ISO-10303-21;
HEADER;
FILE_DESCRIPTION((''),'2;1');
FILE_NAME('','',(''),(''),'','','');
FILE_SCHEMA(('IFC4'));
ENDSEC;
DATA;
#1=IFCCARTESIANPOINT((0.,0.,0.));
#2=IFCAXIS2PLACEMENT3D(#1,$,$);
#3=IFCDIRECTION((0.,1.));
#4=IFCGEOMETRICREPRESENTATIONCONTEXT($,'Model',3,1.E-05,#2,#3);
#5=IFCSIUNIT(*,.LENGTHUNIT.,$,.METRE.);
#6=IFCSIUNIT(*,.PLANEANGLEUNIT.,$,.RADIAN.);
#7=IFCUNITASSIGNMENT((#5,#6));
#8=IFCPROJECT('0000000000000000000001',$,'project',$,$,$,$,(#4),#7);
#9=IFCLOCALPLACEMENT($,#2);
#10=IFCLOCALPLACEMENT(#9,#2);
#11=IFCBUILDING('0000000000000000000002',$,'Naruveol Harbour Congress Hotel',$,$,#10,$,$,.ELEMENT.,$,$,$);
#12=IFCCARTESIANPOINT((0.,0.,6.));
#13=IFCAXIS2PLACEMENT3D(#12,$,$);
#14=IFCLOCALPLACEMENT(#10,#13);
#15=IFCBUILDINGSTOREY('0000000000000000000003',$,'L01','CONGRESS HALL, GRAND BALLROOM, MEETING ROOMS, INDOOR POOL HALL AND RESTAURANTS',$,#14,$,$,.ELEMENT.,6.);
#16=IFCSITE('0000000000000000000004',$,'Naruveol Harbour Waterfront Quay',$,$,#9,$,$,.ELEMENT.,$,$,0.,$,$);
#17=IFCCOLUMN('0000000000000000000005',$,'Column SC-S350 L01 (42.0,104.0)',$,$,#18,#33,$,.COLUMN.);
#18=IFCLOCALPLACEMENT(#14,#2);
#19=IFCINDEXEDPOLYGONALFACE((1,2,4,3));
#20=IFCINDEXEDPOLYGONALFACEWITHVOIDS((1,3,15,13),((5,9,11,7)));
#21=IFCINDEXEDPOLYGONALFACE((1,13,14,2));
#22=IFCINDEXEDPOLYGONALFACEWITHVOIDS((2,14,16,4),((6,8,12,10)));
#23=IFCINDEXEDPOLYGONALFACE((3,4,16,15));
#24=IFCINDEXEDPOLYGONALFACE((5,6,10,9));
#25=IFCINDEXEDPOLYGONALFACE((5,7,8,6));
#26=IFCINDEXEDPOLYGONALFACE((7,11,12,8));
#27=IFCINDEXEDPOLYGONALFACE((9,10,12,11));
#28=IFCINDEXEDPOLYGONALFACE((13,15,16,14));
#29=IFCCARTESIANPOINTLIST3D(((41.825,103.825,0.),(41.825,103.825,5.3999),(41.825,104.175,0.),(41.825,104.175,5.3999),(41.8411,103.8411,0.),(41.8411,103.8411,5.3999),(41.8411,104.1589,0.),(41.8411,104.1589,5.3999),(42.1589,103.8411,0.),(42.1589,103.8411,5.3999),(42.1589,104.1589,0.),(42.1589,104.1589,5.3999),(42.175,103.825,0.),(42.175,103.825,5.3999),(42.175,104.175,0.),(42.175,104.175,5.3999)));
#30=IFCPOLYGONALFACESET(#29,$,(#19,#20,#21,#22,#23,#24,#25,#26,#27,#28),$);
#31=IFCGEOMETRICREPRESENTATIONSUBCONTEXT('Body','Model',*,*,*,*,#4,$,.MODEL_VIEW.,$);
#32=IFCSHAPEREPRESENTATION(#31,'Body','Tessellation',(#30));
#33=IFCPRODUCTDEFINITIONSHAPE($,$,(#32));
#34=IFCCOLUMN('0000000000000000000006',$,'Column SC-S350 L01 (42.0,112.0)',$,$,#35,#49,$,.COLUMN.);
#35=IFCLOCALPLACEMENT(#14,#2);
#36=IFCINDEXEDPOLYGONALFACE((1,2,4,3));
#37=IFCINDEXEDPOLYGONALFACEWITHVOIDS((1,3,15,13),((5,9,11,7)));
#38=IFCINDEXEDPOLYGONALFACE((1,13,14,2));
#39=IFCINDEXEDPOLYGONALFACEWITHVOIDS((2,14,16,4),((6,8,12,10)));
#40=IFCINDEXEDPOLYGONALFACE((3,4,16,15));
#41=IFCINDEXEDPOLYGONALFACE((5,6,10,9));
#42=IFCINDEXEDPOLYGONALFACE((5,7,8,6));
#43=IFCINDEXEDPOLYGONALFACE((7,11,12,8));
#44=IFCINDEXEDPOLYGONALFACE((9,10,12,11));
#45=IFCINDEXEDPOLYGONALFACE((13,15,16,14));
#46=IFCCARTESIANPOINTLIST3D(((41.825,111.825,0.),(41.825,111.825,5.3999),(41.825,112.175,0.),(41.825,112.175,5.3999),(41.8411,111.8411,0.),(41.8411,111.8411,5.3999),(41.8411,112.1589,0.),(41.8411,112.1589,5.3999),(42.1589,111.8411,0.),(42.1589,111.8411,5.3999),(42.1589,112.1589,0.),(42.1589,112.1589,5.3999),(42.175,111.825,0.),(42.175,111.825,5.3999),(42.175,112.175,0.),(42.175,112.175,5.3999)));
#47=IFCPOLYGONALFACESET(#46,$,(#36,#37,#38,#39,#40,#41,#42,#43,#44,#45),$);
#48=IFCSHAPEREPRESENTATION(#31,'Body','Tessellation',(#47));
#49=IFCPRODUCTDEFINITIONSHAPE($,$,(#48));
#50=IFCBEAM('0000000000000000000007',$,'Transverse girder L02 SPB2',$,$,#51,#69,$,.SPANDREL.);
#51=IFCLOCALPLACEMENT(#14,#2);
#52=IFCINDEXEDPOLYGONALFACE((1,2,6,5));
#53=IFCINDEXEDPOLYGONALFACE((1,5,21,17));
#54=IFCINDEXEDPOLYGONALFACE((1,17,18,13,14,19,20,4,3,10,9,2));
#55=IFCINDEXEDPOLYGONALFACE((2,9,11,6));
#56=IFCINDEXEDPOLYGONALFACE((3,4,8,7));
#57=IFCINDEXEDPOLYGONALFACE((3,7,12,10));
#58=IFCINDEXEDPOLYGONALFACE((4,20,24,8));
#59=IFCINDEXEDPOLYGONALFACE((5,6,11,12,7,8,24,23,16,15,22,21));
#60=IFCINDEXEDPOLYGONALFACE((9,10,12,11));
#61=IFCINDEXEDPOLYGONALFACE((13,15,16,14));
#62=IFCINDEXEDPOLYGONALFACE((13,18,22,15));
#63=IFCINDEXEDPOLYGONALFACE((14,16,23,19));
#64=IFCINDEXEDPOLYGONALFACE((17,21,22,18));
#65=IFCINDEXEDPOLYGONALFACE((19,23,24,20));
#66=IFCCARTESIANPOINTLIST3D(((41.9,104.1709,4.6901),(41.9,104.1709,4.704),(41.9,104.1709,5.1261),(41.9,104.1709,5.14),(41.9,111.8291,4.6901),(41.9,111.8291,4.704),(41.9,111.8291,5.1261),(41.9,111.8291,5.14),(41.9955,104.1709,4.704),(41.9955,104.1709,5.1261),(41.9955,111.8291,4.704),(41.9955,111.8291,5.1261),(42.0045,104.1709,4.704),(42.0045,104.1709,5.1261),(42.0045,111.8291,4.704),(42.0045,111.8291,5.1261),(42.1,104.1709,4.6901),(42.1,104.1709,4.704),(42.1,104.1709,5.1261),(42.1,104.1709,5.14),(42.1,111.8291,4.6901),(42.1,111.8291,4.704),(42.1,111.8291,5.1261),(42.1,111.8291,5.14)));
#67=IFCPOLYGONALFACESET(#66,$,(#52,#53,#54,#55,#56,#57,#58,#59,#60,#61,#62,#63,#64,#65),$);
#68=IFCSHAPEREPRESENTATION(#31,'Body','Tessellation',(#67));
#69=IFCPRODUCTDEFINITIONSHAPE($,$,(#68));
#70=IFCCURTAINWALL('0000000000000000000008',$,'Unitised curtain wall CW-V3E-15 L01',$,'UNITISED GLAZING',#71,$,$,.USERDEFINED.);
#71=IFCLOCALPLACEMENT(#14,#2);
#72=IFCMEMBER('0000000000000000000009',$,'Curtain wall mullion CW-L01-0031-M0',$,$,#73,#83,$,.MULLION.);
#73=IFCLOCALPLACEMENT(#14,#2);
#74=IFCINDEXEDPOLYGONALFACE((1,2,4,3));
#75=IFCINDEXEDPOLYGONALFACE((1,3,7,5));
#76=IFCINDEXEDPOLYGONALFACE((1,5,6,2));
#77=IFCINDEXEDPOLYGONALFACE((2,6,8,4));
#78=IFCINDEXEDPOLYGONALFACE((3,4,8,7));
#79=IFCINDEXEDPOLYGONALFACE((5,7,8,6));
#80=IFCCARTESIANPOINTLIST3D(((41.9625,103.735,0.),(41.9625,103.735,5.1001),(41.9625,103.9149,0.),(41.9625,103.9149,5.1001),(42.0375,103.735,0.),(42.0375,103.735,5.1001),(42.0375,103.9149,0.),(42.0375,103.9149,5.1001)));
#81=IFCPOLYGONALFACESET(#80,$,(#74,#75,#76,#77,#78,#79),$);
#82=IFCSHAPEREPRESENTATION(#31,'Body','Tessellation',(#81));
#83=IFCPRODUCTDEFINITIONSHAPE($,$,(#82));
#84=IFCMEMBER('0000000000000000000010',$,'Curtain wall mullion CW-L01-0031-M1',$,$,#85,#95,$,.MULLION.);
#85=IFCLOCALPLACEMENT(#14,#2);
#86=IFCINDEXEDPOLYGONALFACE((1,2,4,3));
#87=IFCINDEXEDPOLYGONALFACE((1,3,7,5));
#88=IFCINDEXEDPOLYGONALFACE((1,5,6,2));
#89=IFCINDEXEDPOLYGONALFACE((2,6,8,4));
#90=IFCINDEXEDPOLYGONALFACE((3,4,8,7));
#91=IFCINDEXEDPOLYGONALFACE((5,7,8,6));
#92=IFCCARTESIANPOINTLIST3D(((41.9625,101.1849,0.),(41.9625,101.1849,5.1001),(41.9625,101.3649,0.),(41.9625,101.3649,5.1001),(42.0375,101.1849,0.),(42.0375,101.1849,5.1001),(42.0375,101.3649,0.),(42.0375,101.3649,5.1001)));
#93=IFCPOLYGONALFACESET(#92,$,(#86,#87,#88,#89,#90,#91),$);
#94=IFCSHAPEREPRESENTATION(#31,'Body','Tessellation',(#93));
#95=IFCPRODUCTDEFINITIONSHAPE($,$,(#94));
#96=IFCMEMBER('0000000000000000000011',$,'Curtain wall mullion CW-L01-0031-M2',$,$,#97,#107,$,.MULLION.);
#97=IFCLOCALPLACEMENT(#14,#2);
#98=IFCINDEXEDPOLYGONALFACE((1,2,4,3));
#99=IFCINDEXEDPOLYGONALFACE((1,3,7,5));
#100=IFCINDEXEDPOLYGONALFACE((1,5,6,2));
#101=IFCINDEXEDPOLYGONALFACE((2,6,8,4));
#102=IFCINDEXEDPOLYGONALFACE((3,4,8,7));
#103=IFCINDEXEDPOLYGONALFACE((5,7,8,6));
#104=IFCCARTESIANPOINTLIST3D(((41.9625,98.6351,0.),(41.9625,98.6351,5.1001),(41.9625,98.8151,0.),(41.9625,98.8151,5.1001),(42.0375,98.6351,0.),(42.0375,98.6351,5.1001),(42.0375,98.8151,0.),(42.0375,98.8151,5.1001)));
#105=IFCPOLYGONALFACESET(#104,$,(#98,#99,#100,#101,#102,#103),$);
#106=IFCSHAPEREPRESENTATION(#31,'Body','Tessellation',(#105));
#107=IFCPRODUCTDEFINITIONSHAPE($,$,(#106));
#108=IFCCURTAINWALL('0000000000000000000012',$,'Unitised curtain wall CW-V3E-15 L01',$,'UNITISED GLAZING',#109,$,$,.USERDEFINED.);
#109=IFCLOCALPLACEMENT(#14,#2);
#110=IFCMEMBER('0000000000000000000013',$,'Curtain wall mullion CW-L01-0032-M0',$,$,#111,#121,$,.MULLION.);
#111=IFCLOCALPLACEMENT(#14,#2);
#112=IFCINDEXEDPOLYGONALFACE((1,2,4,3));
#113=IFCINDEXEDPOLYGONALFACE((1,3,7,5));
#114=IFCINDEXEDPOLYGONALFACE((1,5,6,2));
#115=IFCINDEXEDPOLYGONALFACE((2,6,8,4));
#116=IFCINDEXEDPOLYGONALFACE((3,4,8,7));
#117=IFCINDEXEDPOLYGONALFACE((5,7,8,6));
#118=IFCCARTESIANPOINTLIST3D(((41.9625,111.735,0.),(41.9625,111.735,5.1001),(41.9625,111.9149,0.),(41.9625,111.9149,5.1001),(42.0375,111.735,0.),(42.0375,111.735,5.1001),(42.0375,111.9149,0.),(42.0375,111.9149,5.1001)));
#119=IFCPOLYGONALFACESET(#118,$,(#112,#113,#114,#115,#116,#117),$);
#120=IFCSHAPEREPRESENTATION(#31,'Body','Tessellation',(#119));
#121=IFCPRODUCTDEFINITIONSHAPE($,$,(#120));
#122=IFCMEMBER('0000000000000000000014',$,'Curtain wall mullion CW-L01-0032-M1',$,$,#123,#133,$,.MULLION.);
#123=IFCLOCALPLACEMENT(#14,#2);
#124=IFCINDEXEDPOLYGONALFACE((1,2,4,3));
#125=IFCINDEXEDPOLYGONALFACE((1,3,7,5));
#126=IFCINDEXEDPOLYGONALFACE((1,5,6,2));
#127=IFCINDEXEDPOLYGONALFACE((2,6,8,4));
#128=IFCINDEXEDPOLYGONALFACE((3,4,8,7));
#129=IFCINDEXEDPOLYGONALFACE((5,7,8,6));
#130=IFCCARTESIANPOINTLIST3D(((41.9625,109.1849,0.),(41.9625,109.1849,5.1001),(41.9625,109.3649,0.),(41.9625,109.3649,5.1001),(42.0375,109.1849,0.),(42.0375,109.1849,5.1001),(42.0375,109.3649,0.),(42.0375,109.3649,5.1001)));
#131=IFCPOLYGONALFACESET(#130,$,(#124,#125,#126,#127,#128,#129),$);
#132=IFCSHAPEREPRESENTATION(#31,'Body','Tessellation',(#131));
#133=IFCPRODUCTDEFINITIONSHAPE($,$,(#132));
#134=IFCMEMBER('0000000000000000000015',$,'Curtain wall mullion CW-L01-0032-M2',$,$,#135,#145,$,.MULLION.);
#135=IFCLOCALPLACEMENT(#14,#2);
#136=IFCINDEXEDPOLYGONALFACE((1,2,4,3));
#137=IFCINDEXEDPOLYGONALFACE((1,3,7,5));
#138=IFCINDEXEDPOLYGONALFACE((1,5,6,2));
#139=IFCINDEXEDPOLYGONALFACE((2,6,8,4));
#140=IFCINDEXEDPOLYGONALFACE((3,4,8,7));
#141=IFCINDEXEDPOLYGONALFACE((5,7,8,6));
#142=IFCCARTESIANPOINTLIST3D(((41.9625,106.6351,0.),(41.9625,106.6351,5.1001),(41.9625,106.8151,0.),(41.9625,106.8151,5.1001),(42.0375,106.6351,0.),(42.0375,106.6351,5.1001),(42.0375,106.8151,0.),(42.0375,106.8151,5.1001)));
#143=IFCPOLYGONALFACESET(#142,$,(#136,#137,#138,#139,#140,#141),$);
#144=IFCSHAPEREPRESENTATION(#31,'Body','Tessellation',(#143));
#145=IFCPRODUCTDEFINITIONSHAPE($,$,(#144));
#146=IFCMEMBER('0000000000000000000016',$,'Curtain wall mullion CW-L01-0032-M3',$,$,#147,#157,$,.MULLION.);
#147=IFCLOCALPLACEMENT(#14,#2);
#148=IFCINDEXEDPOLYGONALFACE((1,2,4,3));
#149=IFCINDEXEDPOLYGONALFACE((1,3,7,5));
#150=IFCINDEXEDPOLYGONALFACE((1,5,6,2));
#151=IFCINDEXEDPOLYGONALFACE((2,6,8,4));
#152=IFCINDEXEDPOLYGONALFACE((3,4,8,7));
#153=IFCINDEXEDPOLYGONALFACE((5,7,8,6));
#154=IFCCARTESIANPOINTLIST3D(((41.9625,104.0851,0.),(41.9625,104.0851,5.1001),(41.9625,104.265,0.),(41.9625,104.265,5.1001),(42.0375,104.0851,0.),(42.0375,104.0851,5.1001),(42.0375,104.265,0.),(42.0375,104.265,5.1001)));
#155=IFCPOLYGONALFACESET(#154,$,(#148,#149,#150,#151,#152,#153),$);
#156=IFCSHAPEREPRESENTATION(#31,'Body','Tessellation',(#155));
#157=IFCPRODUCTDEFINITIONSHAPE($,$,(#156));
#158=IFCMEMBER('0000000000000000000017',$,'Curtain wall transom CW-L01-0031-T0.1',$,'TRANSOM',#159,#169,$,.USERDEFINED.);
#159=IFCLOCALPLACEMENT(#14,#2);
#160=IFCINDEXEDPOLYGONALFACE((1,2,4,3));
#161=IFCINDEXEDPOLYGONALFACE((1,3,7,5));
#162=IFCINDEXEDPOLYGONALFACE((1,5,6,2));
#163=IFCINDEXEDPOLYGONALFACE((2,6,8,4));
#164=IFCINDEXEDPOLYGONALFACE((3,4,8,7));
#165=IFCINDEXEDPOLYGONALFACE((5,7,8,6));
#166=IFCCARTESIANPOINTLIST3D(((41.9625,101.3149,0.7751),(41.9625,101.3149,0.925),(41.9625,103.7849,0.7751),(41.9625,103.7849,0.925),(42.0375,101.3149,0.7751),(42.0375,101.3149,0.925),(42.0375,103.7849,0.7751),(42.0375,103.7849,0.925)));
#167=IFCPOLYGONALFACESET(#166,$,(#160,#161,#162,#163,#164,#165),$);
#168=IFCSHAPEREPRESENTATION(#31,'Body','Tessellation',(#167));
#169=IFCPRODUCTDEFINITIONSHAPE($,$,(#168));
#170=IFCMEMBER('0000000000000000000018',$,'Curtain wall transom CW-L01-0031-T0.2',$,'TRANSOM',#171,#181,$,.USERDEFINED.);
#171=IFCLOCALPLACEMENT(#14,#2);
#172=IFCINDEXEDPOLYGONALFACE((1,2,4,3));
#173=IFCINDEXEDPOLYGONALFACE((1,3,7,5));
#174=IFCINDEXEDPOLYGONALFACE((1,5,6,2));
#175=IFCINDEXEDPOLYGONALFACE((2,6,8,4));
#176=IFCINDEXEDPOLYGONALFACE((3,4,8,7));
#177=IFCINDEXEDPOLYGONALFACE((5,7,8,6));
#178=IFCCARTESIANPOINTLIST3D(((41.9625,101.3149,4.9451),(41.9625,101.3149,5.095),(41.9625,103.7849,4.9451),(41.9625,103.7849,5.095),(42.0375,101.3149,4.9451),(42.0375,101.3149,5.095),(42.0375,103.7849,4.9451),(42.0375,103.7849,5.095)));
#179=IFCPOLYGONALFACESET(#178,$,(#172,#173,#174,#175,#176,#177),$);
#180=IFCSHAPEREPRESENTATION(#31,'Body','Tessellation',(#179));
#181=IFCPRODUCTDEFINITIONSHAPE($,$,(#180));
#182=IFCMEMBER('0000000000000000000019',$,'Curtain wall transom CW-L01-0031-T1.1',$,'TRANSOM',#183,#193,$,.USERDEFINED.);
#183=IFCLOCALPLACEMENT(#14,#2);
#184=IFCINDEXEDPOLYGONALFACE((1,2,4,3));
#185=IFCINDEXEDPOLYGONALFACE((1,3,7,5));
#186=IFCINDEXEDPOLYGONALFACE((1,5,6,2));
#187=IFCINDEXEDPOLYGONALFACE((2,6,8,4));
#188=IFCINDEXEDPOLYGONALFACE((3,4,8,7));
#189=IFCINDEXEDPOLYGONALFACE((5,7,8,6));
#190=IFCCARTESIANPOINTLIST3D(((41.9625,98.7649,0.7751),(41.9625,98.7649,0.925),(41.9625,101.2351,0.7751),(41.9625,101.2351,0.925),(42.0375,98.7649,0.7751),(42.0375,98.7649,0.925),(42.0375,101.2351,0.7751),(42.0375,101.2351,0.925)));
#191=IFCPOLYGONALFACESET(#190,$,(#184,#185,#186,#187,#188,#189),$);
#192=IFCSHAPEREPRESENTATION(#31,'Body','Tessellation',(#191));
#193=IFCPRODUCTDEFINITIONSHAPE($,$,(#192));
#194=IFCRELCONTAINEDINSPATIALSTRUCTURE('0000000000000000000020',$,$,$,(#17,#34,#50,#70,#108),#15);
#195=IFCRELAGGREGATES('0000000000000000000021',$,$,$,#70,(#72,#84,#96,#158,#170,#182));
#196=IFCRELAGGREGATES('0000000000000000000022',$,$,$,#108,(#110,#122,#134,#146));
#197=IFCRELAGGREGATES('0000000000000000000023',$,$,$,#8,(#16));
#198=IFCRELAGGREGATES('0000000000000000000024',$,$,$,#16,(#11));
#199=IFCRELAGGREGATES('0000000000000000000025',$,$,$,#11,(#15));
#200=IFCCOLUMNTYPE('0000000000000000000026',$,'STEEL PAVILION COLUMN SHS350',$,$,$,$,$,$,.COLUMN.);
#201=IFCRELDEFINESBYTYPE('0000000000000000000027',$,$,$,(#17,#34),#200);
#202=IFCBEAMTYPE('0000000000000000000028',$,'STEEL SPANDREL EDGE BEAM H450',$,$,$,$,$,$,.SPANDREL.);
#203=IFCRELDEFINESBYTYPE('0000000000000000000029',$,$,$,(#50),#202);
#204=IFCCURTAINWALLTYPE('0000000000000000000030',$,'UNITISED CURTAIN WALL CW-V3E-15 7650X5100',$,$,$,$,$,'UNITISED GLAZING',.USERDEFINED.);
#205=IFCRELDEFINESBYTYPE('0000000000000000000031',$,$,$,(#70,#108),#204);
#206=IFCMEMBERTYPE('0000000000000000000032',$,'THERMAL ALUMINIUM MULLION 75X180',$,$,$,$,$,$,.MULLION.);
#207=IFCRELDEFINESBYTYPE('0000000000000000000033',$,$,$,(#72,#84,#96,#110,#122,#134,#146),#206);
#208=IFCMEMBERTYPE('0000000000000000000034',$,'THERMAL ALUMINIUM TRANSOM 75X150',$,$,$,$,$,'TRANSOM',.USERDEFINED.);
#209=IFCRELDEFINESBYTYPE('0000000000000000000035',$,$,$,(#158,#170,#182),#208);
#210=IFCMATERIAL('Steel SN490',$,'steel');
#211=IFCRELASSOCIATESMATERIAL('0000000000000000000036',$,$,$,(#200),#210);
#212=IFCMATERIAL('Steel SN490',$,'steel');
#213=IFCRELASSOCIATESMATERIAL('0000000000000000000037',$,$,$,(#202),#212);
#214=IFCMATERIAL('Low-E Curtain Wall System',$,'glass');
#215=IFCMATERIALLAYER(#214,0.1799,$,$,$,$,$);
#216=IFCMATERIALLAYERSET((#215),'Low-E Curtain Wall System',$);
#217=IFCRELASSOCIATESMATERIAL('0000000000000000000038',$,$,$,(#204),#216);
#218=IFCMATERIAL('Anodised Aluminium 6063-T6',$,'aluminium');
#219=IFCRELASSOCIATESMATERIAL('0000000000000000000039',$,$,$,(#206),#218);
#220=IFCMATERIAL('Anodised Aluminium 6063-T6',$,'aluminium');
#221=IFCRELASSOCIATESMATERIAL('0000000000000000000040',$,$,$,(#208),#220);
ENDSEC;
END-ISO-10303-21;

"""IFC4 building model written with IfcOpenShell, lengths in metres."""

from ifc_helpers import new_model, si_unit, direction, frame, origin, origin_2d, place, context, subcontext, project, spatial, rectangle, hollow_rectangle, i_section, extrude, material, layer, layer_set, material_profile, profile_set, type_object, element, aggregate, save


model = new_model("IFC4")

# Units and contexts
model_context = context("Model", 3, precision=1e-05, world=origin(), true_north=direction((0.0, 1.0)))
body_context = subcontext(model_context, "Body", "Model", "MODEL_VIEW")
ifc_project = project(units=[si_unit("LENGTHUNIT", "METRE"), si_unit("PLANEANGLEUNIT", "RADIAN")], contexts=[model_context])

# Site, building, storey
site_placement = place(None, origin())
site = spatial("IfcSite", under=ifc_project, at=site_placement, Name="Naruveol Harbour Waterfront Quay", CompositionType="ELEMENT", RefElevation=0.0)
building_placement = place(site_placement, origin())
building = spatial("IfcBuilding", under=site, at=building_placement, Name="Naruveol Harbour Congress Hotel", CompositionType="ELEMENT")
storey_placement = place(building_placement, frame((0.0, 0.0, 6.0)))
storey = spatial("IfcBuildingStorey", under=building, at=storey_placement, Name="L01", Description="CONGRESS HALL, GRAND BALLROOM, MEETING ROOMS, INDOOR POOL HALL AND RESTAURANTS", CompositionType="ELEMENT", Elevation=6.0)

# Columns
ifc_material_1 = material(Name="Steel SN490", Category="steel")
ifc_material_profile_1 = material_profile(ifc_material_1, hollow_rectangle(XDim=0.3501, YDim=0.3501, WallThickness=0.0161, at=origin_2d()), Name="SHS-350x350x16")
ifc_profile_set_1 = profile_set([ifc_material_profile_1], Name="Steel SN490")
column_type = type_object("IfcColumnType", Name="STEEL PAVILION COLUMN SHS350", PredefinedType="COLUMN", material=ifc_profile_set_1)
for number, where, z_axis, x_axis, name in (
    (1, (42.0, 104.0, 0.0), (0.0, 0.0, 1.0), (1.0, 0.0, 0.0), "Column SC-S350 L01 (42.0,104.0)"),
    (2, (42.0, 112.0, 0.0), (0.0, 0.0, 1.0), (1.0, 0.0, 0.0), "Column SC-S350 L01 (42.0,112.0)"),
):
    element("IfcColumn", number, at=place(storey_placement, frame(where, z_axis=z_axis, x_axis=x_axis)), inside=storey, type_object=column_type, Name=name, PredefinedType="COLUMN", context=body_context, shape_type="SweptSolid", body=[
        extrude(hollow_rectangle(XDim=0.3501, YDim=0.3501, WallThickness=0.0161, at=origin_2d()), origin(), (0.0, 0.0, 1.0), 5.3999),
    ])

# Beam
ifc_material_2 = material(Name="Steel SN490", Category="steel")
ifc_material_profile_2 = material_profile(ifc_material_2, i_section(OverallWidth=0.2, OverallDepth=0.45, WebThickness=0.009, FlangeThickness=0.0139, at=origin_2d()), Name="H-450x200x9x14")
ifc_profile_set_2 = profile_set([ifc_material_profile_2], Name="Steel SN490")
beam_type = type_object("IfcBeamType", Name="STEEL SPANDREL EDGE BEAM H450", PredefinedType="SPANDREL", material=ifc_profile_set_2)
beam_placement = place(storey_placement, frame((42.0, 104.1709, 4.915), z_axis=(0.0, 1.0, 0.0), x_axis=(-1.0, 0.0, 0.0)))
element("IfcBeam", 3, at=beam_placement, inside=storey, type_object=beam_type, Name="Transverse girder L02 SPB2", PredefinedType="SPANDREL", context=body_context, shape_type="SweptSolid", body=[
    extrude(i_section(OverallWidth=0.2, OverallDepth=0.45, WebThickness=0.009, FlangeThickness=0.0139, at=origin_2d()), origin(), (0.0, 0.0, 1.0), 7.6582),
])

# Curtain walls, members
ifc_material_3 = material(Name="Low-E Curtain Wall System", Category="glass")
ifc_layer_1 = layer(ifc_material_3, 0.1799)
ifc_layer_set_1 = layer_set([ifc_layer_1], Name="Low-E Curtain Wall System")
curtain_wall_type = type_object("IfcCurtainWallType", Name="UNITISED CURTAIN WALL CW-V3E-15 7650X5100", ElementType="UNITISED GLAZING", PredefinedType="USERDEFINED", material=ifc_layer_set_1)
curtain_wall_1_placement = place(storey_placement, origin())
curtain_wall_1 = element("IfcCurtainWall", 4, at=curtain_wall_1_placement, inside=storey, type_object=curtain_wall_type, Name="Unitised curtain wall CW-V3E-15 L01", ObjectType="UNITISED GLAZING", PredefinedType="USERDEFINED")
ifc_material_4 = material(Name="Anodised Aluminium 6063-T6", Category="aluminium")
ifc_material_profile_3 = material_profile(ifc_material_4, rectangle(XDim=0.075, YDim=0.1799, at=origin_2d()), Name="ALU-75x180")
ifc_profile_set_3 = profile_set([ifc_material_profile_3], Name="Anodised Aluminium 6063-T6")
member_type_1 = type_object("IfcMemberType", Name="THERMAL ALUMINIUM MULLION 75X180", PredefinedType="MULLION", material=ifc_profile_set_3)
member_1_placement = place(storey_placement, frame((42.0, 103.825, 0.0), z_axis=(0.0, 0.0, 1.0), x_axis=(1.0, 0.0, 0.0)))
member_1 = element("IfcMember", 5, at=member_1_placement, type_object=member_type_1, Name="Curtain wall mullion CW-L01-0031-M0", PredefinedType="MULLION", context=body_context, shape_type="SweptSolid", body=[
    extrude(rectangle(XDim=0.075, YDim=0.1799, at=origin_2d()), origin(), (0.0, 0.0, 1.0), 5.1001),
])
member_2_placement = place(storey_placement, frame((42.0, 101.2749, 0.0), z_axis=(0.0, 0.0, 1.0), x_axis=(1.0, 0.0, 0.0)))
member_2 = element("IfcMember", 6, at=member_2_placement, type_object=member_type_1, Name="Curtain wall mullion CW-L01-0031-M1", PredefinedType="MULLION", context=body_context, shape_type="SweptSolid", body=[
    extrude(rectangle(XDim=0.075, YDim=0.1799, at=origin_2d()), origin(), (0.0, 0.0, 1.0), 5.1001),
])
member_3_placement = place(storey_placement, frame((42.0, 98.7251, 0.0), z_axis=(0.0, 0.0, 1.0), x_axis=(1.0, 0.0, 0.0)))
member_3 = element("IfcMember", 7, at=member_3_placement, type_object=member_type_1, Name="Curtain wall mullion CW-L01-0031-M2", PredefinedType="MULLION", context=body_context, shape_type="SweptSolid", body=[
    extrude(rectangle(XDim=0.075, YDim=0.1799, at=origin_2d()), origin(), (0.0, 0.0, 1.0), 5.1001),
])
curtain_wall_2_placement = place(storey_placement, origin())
curtain_wall_2 = element("IfcCurtainWall", 8, at=curtain_wall_2_placement, inside=storey, type_object=curtain_wall_type, Name="Unitised curtain wall CW-V3E-15 L01", ObjectType="UNITISED GLAZING", PredefinedType="USERDEFINED")
member_4_placement = place(storey_placement, frame((42.0, 111.825, 0.0), z_axis=(0.0, 0.0, 1.0), x_axis=(1.0, 0.0, 0.0)))
member_4 = element("IfcMember", 9, at=member_4_placement, type_object=member_type_1, Name="Curtain wall mullion CW-L01-0032-M0", PredefinedType="MULLION", context=body_context, shape_type="SweptSolid", body=[
    extrude(rectangle(XDim=0.075, YDim=0.1799, at=origin_2d()), origin(), (0.0, 0.0, 1.0), 5.1001),
])
member_5_placement = place(storey_placement, frame((42.0, 109.2749, 0.0), z_axis=(0.0, 0.0, 1.0), x_axis=(1.0, 0.0, 0.0)))
member_5 = element("IfcMember", 10, at=member_5_placement, type_object=member_type_1, Name="Curtain wall mullion CW-L01-0032-M1", PredefinedType="MULLION", context=body_context, shape_type="SweptSolid", body=[
    extrude(rectangle(XDim=0.075, YDim=0.1799, at=origin_2d()), origin(), (0.0, 0.0, 1.0), 5.1001),
])
member_6_placement = place(storey_placement, frame((42.0, 106.7251, 0.0), z_axis=(0.0, 0.0, 1.0), x_axis=(1.0, 0.0, 0.0)))
member_6 = element("IfcMember", 11, at=member_6_placement, type_object=member_type_1, Name="Curtain wall mullion CW-L01-0032-M2", PredefinedType="MULLION", context=body_context, shape_type="SweptSolid", body=[
    extrude(rectangle(XDim=0.075, YDim=0.1799, at=origin_2d()), origin(), (0.0, 0.0, 1.0), 5.1001),
])
member_7_placement = place(storey_placement, frame((42.0, 104.175, 0.0), z_axis=(0.0, 0.0, 1.0), x_axis=(1.0, 0.0, 0.0)))
member_7 = element("IfcMember", 12, at=member_7_placement, type_object=member_type_1, Name="Curtain wall mullion CW-L01-0032-M3", PredefinedType="MULLION", context=body_context, shape_type="SweptSolid", body=[
    extrude(rectangle(XDim=0.075, YDim=0.1799, at=origin_2d()), origin(), (0.0, 0.0, 1.0), 5.1001),
])

# Members
ifc_material_5 = material(Name="Anodised Aluminium 6063-T6", Category="aluminium")
ifc_material_profile_4 = material_profile(ifc_material_5, rectangle(XDim=0.075, YDim=0.1499, at=origin_2d()), Name="ALU-75x150")
ifc_profile_set_4 = profile_set([ifc_material_profile_4], Name="Anodised Aluminium 6063-T6")
member_type_2 = type_object("IfcMemberType", Name="THERMAL ALUMINIUM TRANSOM 75X150", ElementType="TRANSOM", PredefinedType="USERDEFINED", material=ifc_profile_set_4)
member_8_placement = place(storey_placement, frame((42.0, 103.7849, 0.8501), z_axis=(0.0, -1.0, 0.0), x_axis=(1.0, 0.0, 0.0)))
member_8 = element("IfcMember", 13, at=member_8_placement, type_object=member_type_2, Name="Curtain wall transom CW-L01-0031-T0.1", ObjectType="TRANSOM", PredefinedType="USERDEFINED", context=body_context, shape_type="SweptSolid", body=[
    extrude(rectangle(XDim=0.075, YDim=0.1499, at=origin_2d()), origin(), (0.0, 0.0, 1.0), 2.47),
])
member_9_placement = place(storey_placement, frame((42.0, 103.7849, 5.02), z_axis=(0.0, -1.0, 0.0), x_axis=(1.0, 0.0, 0.0)))
member_9 = element("IfcMember", 14, at=member_9_placement, type_object=member_type_2, Name="Curtain wall transom CW-L01-0031-T0.2", ObjectType="TRANSOM", PredefinedType="USERDEFINED", context=body_context, shape_type="SweptSolid", body=[
    extrude(rectangle(XDim=0.075, YDim=0.1499, at=origin_2d()), origin(), (0.0, 0.0, 1.0), 2.47),
])
member_10_placement = place(storey_placement, frame((42.0, 101.2351, 0.8501), z_axis=(0.0, -1.0, 0.0), x_axis=(1.0, 0.0, 0.0)))
member_10 = element("IfcMember", 15, at=member_10_placement, type_object=member_type_2, Name="Curtain wall transom CW-L01-0031-T1.1", ObjectType="TRANSOM", PredefinedType="USERDEFINED", context=body_context, shape_type="SweptSolid", body=[
    extrude(rectangle(XDim=0.075, YDim=0.1499, at=origin_2d()), origin(), (0.0, 0.0, 1.0), 2.4702),
])

aggregate(curtain_wall_1, [member_1, member_2, member_3, member_8, member_9, member_10])
aggregate(curtain_wall_2, [member_4, member_5, member_6, member_7])

save(model, "model.ifc")
